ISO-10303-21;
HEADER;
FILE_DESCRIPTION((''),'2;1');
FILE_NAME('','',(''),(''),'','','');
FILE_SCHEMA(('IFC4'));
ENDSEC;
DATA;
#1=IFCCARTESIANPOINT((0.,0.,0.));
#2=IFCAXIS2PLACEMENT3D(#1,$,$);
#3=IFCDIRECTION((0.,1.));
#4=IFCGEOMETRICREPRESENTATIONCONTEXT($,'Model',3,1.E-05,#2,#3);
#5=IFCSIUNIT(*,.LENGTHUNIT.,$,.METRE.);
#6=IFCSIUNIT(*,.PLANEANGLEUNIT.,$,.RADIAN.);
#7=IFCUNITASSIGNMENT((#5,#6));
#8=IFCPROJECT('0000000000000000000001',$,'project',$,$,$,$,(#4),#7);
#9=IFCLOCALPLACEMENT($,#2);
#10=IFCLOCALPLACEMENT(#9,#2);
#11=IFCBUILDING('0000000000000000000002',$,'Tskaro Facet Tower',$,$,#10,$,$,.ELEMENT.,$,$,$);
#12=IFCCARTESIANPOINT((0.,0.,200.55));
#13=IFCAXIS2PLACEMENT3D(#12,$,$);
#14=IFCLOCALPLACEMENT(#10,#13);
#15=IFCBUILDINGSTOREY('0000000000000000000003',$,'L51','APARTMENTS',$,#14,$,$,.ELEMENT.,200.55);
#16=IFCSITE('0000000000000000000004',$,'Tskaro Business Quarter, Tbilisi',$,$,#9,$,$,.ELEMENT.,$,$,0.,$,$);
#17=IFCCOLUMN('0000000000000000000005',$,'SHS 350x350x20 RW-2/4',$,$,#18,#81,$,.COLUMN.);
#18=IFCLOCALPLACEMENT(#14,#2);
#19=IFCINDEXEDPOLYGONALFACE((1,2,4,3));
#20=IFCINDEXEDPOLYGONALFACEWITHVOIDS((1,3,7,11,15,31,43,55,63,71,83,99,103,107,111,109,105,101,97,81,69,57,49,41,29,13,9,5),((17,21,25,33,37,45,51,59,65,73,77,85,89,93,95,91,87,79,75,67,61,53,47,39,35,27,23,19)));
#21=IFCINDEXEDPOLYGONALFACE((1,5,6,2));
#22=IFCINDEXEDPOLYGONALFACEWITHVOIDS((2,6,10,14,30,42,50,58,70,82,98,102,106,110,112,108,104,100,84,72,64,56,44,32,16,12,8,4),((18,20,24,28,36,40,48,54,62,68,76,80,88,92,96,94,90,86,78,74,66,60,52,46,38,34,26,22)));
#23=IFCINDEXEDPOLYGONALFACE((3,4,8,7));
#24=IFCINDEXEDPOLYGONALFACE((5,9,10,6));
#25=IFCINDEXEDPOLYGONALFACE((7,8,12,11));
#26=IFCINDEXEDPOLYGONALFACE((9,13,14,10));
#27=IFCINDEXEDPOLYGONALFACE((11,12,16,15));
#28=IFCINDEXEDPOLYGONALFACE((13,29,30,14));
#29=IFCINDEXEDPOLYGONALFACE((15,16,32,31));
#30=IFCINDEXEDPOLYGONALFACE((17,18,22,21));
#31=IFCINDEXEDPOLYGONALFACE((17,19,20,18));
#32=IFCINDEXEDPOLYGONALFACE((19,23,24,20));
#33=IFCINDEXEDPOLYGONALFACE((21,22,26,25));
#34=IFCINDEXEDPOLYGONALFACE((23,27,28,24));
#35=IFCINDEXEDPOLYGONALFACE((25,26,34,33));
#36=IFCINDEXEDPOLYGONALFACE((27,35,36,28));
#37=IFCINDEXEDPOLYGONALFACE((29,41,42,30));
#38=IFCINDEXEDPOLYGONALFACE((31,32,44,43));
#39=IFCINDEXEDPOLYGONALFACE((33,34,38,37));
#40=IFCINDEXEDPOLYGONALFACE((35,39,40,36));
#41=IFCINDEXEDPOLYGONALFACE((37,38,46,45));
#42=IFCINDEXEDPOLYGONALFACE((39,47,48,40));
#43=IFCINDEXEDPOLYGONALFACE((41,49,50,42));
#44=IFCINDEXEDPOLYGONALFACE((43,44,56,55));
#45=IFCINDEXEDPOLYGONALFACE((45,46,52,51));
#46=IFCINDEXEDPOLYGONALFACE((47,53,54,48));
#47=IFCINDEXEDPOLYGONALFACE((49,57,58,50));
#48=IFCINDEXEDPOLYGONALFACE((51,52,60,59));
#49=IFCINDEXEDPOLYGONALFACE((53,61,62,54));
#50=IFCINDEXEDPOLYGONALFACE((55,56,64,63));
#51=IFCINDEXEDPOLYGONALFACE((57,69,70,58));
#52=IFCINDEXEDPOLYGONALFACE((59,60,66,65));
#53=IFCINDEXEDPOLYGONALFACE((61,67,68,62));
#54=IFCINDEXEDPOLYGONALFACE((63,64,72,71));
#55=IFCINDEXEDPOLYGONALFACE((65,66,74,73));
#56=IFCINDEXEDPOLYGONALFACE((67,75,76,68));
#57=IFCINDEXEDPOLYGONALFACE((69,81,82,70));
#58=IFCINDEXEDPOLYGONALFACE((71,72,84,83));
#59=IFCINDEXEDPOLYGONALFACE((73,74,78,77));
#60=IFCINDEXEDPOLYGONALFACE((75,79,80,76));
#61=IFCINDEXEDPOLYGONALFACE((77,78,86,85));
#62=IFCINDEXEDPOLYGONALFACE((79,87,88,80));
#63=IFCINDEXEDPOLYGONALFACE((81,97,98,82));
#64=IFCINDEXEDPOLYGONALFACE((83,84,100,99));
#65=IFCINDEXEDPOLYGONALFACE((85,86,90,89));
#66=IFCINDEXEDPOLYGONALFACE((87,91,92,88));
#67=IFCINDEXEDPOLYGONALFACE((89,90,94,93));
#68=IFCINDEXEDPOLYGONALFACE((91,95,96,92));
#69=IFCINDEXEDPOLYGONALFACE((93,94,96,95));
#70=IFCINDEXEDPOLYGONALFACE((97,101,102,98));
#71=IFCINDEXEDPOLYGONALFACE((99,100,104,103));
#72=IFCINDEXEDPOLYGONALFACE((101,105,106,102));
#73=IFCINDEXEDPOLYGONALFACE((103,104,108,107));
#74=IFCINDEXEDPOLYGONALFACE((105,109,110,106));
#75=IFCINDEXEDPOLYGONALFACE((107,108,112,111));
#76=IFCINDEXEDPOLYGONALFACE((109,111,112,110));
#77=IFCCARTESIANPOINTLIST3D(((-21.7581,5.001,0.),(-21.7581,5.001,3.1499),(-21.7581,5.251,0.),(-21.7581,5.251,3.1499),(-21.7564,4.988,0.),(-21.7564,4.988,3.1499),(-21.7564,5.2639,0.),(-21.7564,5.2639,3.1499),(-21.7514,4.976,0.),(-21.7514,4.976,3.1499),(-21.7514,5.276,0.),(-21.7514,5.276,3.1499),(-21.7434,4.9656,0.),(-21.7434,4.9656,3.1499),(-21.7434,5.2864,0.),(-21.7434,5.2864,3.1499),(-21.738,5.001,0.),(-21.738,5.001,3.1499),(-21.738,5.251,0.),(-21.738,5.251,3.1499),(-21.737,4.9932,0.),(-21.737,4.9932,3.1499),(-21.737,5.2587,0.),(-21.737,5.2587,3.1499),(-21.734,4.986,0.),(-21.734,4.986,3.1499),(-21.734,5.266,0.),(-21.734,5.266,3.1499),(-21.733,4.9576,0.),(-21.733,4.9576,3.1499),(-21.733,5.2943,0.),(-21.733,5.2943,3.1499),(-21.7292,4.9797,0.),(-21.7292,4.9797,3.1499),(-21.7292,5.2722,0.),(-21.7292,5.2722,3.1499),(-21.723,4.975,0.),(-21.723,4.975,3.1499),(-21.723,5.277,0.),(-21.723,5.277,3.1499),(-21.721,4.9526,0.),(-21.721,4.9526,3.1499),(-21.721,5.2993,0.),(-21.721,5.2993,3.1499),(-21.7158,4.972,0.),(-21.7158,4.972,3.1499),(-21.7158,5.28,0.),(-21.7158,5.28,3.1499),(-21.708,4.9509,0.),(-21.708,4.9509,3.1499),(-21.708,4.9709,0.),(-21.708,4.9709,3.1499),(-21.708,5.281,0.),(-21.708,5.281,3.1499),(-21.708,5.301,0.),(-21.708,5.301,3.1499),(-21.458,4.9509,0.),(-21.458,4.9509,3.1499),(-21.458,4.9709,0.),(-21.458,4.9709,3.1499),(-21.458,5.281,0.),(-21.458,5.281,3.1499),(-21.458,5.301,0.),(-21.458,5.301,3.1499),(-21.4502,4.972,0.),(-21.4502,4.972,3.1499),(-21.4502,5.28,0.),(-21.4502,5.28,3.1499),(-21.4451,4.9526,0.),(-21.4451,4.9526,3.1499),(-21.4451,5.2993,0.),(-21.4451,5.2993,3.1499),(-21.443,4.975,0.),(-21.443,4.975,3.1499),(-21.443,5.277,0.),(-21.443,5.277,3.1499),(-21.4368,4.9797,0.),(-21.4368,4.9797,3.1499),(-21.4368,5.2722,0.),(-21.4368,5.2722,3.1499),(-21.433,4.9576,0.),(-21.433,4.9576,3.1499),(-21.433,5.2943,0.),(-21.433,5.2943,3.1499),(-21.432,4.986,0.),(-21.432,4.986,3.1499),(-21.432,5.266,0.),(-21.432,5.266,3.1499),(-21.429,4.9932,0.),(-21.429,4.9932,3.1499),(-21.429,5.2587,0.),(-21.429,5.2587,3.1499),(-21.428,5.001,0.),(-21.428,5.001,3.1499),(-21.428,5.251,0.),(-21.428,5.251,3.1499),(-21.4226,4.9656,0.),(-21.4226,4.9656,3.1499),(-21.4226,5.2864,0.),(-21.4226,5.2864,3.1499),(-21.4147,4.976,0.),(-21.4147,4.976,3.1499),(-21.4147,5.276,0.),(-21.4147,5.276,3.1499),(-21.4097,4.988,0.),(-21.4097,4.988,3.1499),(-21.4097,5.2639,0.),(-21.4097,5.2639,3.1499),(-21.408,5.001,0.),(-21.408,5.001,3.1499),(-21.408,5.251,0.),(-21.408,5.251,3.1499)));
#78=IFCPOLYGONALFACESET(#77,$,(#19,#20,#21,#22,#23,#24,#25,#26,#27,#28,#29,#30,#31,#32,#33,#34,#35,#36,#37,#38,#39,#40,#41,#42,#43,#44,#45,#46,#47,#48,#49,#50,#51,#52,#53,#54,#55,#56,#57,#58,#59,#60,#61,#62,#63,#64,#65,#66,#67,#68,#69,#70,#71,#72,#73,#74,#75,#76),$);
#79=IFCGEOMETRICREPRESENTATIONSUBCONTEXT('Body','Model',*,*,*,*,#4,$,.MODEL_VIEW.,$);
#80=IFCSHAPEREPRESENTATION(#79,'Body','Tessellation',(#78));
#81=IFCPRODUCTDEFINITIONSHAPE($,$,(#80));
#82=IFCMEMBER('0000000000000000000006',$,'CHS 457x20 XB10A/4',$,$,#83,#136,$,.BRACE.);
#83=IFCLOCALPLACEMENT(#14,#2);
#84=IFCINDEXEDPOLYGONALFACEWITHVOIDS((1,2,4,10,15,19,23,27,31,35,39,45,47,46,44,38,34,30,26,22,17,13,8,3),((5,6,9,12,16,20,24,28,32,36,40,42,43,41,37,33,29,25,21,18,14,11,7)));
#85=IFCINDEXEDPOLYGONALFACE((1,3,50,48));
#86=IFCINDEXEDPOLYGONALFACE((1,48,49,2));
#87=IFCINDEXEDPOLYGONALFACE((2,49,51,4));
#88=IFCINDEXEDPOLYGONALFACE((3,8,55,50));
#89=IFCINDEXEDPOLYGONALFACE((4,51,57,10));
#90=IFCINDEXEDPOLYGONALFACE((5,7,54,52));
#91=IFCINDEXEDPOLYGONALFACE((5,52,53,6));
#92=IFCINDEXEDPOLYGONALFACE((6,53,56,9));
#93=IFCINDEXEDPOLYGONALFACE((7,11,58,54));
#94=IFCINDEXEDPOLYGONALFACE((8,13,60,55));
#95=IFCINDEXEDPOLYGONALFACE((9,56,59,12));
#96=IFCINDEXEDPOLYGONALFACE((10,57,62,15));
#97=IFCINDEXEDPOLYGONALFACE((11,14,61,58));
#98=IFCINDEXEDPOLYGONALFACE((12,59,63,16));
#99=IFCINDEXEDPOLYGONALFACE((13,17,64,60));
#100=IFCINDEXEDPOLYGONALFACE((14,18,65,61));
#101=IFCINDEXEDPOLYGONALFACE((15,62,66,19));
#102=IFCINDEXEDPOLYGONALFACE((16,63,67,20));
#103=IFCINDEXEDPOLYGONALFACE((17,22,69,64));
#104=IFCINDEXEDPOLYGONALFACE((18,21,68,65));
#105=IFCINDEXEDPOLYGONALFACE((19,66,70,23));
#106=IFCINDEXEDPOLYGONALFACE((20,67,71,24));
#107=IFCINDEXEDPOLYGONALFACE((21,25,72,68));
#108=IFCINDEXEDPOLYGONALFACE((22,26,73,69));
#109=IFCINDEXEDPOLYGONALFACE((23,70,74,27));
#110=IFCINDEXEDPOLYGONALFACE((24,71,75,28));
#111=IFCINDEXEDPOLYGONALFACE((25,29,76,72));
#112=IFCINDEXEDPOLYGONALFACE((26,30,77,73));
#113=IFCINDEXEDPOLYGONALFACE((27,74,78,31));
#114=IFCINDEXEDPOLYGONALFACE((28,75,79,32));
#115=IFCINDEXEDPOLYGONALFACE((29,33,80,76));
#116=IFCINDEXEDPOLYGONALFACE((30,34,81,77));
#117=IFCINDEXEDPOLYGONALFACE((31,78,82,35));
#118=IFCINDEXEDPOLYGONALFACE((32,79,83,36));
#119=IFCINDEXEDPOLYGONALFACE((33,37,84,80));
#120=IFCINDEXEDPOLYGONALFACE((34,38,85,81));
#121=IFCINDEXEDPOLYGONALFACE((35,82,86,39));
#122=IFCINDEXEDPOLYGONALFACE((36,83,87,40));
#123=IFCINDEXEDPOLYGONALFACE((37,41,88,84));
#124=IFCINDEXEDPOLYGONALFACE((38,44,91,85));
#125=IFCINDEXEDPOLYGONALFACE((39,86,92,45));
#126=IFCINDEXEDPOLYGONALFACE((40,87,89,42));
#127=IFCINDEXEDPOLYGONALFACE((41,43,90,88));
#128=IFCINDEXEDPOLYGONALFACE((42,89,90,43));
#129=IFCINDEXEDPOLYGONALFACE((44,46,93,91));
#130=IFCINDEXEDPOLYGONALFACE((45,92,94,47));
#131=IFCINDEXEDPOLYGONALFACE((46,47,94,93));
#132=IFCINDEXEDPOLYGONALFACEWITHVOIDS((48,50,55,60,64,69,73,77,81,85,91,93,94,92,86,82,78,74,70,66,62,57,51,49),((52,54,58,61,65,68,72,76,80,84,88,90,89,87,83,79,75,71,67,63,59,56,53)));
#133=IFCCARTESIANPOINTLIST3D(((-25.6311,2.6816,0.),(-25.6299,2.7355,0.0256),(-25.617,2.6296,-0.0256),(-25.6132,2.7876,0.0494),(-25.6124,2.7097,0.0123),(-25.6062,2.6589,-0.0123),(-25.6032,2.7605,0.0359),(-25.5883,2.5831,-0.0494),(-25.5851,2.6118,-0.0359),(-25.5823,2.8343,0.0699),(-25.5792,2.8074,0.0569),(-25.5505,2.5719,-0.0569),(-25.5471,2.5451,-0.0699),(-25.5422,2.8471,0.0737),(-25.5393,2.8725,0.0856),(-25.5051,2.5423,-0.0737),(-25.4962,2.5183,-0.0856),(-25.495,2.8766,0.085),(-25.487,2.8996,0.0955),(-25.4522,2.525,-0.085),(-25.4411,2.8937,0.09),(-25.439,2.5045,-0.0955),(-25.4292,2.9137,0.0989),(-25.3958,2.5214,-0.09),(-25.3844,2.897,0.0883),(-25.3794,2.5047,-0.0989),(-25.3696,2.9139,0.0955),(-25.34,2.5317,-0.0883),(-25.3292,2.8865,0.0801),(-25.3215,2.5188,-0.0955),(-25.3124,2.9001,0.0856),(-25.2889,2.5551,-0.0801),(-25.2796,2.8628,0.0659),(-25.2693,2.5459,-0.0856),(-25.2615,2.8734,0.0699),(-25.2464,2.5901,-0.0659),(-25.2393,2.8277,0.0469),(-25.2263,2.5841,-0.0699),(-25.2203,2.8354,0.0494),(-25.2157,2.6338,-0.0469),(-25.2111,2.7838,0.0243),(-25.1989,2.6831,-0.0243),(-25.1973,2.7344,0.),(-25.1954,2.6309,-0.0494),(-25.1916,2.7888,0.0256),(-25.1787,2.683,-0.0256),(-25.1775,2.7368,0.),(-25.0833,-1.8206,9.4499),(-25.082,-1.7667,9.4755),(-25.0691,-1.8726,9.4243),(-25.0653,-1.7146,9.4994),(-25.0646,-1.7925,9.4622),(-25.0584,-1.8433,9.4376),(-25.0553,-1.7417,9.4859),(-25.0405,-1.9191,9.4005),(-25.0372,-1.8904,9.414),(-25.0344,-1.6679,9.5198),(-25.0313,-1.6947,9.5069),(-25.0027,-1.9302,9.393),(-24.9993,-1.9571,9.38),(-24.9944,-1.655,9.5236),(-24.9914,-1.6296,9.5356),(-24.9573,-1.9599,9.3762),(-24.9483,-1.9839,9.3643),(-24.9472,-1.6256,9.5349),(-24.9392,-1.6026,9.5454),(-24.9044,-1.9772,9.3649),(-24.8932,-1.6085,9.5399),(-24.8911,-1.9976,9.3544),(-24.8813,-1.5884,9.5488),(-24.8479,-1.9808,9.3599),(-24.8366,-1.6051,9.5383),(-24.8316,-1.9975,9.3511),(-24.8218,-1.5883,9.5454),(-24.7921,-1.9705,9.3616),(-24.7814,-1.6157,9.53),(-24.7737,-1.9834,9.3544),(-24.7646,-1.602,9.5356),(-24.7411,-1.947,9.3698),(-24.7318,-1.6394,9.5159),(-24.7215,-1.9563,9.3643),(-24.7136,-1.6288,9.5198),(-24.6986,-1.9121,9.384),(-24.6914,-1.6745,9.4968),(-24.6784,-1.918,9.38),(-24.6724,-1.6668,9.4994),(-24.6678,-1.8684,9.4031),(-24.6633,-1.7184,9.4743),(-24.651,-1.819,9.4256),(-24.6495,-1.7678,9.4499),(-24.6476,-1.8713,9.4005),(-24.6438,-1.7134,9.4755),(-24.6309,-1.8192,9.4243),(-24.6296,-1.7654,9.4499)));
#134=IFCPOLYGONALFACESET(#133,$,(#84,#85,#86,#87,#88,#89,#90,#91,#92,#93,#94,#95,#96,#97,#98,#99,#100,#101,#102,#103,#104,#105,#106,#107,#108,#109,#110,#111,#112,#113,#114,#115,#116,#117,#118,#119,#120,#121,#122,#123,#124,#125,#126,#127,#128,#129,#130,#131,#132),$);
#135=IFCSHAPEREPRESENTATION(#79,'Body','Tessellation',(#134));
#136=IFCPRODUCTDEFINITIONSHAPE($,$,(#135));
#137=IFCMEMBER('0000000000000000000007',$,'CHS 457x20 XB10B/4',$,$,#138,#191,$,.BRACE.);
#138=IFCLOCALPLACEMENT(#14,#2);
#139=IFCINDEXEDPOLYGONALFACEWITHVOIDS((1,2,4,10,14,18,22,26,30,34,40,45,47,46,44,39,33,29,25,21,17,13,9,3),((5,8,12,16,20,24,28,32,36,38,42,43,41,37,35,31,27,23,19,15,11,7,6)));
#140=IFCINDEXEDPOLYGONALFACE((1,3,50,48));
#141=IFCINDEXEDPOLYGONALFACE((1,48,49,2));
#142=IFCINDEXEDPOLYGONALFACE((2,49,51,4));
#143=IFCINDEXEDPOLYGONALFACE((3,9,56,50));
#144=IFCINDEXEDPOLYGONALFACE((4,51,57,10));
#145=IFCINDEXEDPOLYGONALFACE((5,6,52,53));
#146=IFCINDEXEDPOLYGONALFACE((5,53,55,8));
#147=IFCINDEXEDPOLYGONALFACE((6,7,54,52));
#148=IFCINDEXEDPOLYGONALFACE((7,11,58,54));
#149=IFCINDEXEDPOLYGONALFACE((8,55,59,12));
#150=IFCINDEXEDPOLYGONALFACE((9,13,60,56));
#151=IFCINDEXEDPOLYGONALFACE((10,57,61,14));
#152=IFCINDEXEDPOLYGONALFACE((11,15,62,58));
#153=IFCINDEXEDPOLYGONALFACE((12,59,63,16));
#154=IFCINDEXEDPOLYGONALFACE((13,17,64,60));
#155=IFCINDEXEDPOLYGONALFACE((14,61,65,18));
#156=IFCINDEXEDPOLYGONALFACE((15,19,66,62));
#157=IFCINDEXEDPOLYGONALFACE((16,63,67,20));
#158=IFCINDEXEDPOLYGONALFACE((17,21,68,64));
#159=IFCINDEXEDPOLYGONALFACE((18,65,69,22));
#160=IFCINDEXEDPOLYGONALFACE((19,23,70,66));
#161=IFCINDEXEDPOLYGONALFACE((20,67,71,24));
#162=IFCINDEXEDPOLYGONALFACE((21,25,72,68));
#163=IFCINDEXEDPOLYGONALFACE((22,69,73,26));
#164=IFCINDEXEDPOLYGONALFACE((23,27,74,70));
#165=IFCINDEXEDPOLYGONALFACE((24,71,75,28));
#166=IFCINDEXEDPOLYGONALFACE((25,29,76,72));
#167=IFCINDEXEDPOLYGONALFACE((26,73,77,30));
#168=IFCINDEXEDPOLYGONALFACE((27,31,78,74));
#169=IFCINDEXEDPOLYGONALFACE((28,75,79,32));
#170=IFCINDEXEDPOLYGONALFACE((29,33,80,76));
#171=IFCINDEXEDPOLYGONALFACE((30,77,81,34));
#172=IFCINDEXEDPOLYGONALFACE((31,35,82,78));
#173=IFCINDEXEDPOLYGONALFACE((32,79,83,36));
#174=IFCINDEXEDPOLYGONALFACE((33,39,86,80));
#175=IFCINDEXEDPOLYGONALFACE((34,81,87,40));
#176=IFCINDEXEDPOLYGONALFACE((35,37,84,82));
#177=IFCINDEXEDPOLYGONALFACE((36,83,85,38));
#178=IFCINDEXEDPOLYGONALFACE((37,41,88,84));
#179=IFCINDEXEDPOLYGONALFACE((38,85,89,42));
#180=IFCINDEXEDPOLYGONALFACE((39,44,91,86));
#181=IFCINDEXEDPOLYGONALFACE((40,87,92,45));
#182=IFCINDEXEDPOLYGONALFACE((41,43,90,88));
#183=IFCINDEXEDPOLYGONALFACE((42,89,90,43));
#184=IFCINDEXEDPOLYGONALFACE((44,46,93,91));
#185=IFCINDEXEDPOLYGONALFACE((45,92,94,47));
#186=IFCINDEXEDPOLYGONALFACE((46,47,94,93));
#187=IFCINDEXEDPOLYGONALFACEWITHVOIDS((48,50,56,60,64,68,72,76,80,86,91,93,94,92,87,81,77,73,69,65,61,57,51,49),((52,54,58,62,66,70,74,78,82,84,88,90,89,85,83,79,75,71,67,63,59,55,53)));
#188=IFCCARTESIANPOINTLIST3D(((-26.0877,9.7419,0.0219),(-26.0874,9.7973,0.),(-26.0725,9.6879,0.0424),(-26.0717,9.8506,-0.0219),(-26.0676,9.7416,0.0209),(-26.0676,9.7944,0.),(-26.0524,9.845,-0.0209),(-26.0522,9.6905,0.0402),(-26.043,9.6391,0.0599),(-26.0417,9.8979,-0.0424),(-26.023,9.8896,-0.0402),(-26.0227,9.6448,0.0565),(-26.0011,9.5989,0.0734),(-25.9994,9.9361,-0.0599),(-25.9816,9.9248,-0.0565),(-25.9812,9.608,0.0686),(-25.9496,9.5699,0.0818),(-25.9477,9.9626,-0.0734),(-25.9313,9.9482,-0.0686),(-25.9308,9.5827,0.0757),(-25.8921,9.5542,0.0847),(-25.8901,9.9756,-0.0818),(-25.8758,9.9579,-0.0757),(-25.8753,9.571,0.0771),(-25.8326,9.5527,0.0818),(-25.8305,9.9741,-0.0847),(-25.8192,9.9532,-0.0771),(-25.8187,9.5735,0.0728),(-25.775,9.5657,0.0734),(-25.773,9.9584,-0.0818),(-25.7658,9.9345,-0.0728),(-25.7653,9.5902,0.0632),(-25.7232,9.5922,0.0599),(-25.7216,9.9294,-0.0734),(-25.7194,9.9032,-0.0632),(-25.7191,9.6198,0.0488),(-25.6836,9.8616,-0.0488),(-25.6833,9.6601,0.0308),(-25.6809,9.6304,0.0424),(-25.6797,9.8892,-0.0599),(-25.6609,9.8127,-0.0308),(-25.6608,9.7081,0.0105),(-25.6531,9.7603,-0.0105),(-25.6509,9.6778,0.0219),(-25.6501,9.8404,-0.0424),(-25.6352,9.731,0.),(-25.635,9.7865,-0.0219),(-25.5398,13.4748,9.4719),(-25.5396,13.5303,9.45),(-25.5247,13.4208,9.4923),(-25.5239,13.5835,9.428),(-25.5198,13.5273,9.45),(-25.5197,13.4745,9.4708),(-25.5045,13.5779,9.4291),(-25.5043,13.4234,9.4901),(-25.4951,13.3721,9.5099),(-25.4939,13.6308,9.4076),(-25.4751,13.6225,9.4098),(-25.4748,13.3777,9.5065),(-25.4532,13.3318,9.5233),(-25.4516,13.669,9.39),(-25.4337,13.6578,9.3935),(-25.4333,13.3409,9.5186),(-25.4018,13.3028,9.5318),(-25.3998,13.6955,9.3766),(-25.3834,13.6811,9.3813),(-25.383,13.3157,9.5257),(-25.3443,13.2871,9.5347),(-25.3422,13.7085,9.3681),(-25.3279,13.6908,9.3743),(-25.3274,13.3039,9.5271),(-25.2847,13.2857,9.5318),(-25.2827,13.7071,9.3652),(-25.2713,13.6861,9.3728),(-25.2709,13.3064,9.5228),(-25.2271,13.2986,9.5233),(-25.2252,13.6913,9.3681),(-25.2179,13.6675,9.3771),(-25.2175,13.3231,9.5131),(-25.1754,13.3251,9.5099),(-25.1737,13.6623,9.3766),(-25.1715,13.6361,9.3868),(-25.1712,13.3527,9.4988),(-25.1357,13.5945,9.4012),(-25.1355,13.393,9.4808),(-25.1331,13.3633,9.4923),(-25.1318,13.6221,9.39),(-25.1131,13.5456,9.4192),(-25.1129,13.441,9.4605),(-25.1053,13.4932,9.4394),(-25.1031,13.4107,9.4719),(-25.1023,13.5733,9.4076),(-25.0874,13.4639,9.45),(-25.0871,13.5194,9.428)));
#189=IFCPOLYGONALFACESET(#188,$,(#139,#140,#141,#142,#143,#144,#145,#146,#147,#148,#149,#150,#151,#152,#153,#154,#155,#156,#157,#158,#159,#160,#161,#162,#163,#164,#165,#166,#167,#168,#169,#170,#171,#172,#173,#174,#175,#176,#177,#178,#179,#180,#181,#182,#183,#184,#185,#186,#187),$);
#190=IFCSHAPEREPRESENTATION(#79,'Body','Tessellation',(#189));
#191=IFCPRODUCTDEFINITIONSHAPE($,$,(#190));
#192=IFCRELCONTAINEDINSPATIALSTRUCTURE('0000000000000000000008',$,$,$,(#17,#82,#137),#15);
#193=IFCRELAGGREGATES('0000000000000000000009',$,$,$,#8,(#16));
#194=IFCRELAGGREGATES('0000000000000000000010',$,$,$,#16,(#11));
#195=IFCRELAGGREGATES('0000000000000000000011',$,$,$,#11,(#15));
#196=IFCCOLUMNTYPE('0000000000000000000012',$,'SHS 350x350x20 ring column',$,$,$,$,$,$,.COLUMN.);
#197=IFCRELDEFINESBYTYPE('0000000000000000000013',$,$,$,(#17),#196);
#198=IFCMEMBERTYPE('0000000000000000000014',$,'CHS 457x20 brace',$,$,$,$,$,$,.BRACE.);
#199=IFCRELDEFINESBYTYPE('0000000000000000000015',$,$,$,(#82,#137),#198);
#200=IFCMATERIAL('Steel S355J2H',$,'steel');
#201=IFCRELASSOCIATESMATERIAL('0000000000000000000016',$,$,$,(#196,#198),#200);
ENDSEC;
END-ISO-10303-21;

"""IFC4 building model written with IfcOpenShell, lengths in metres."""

from ifc_helpers import new_model, si_unit, direction, frame, origin, origin_2d, place, context, subcontext, project, spatial, hollow_rectangle, hollow_circle, extrude, material, material_profile, profile_set, type_object, element, save


model = new_model("IFC4")

# Units and contexts
model_context = context("Model", 3, precision=1e-05, world=origin(), true_north=direction((0.0, 1.0)))
body_context = subcontext(model_context, "Body", "Model", "MODEL_VIEW")
ifc_project = project(units=[si_unit("LENGTHUNIT", "METRE"), si_unit("PLANEANGLEUNIT", "RADIAN")], contexts=[model_context])

# Site, building, storey
site_placement = place(None, origin())
site = spatial("IfcSite", under=ifc_project, at=site_placement, Name="Tskaro Business Quarter, Tbilisi", CompositionType="ELEMENT", RefElevation=0.0)
building_placement = place(site_placement, origin())
building = spatial("IfcBuilding", under=site, at=building_placement, Name="Tskaro Facet Tower", CompositionType="ELEMENT")
storey_placement = place(building_placement, frame((0.0, 0.0, 200.55)))
storey = spatial("IfcBuildingStorey", under=building, at=storey_placement, Name="L51", Description="APARTMENTS", CompositionType="ELEMENT", Elevation=200.55)

# Column
ifc_material_1 = material(Name="Steel S355J2H", Category="steel")
ifc_material_profile_1 = material_profile(ifc_material_1, hollow_rectangle(XDim=0.3501, YDim=0.3501, WallThickness=0.02, InnerFilletRadius=0.03, OuterFilletRadius=0.05, at=origin_2d()), Name="SHS 350x350x20")
ifc_profile_set_1 = profile_set([ifc_material_profile_1], Name="Steel S355J2H")
column_type_1 = type_object("IfcColumnType", Name="SHS 350x350x20 ring column", PredefinedType="COLUMN", material=ifc_profile_set_1)
column_1_placement = place(storey_placement, frame((-21.583, 5.126, 0.0), z_axis=(0.0, 0.0, 1.0), x_axis=(1.0, 0.0, 0.0)))
element("IfcColumn", 1, at=column_1_placement, inside=storey, type_object=column_type_1, Name="SHS 350x350x20 RW-2/4", PredefinedType="COLUMN", context=body_context, shape_type="SweptSolid", body=[
    extrude(hollow_rectangle(XDim=0.3501, YDim=0.3501, WallThickness=0.02, InnerFilletRadius=0.03, OuterFilletRadius=0.05, at=origin_2d()), origin(), (0.0, 0.0, 1.0), 3.1499),
])

# Members
ifc_material_profile_2 = material_profile(ifc_material_1, hollow_circle(Radius=0.2285, WallThickness=0.02, at=origin_2d()), Name="CHS 457x20")
ifc_profile_set_2 = profile_set([ifc_material_profile_2], Name="Steel S355J2H")
member_type_1 = type_object("IfcMemberType", Name="CHS 457x20 brace", PredefinedType="BRACE", material=ifc_profile_set_2)
member_1_placement = place(storey_placement, frame((-25.4043, 2.7092, 0.0), z_axis=(0.052266, -0.429519, 0.901544), x_axis=(0.992678, 0.120794, 0.0)))
element("IfcMember", 2, at=member_1_placement, inside=storey, type_object=member_type_1, Name="CHS 457x20 XB10A/4", PredefinedType="BRACE", context=body_context, shape_type="SweptSolid", body=[
    extrude(hollow_circle(Radius=0.2285, WallThickness=0.02, at=origin_2d()), origin(), (0.0, 0.0, 1.0), 10.4819),
])
member_2_placement = place(storey_placement, frame((-25.8613, 9.7642, 0.0), z_axis=(0.053841, 0.366861, 0.928717), x_axis=(-0.989401, 0.145207, 0.0)))
element("IfcMember", 3, at=member_2_placement, inside=storey, type_object=member_type_1, Name="CHS 457x20 XB10B/4", PredefinedType="BRACE", context=body_context, shape_type="SweptSolid", body=[
    extrude(hollow_circle(Radius=0.2285, WallThickness=0.02, at=origin_2d()), origin(), (0.0, 0.0, 1.0), 10.1753),
])

save(model, "model.ifc")
